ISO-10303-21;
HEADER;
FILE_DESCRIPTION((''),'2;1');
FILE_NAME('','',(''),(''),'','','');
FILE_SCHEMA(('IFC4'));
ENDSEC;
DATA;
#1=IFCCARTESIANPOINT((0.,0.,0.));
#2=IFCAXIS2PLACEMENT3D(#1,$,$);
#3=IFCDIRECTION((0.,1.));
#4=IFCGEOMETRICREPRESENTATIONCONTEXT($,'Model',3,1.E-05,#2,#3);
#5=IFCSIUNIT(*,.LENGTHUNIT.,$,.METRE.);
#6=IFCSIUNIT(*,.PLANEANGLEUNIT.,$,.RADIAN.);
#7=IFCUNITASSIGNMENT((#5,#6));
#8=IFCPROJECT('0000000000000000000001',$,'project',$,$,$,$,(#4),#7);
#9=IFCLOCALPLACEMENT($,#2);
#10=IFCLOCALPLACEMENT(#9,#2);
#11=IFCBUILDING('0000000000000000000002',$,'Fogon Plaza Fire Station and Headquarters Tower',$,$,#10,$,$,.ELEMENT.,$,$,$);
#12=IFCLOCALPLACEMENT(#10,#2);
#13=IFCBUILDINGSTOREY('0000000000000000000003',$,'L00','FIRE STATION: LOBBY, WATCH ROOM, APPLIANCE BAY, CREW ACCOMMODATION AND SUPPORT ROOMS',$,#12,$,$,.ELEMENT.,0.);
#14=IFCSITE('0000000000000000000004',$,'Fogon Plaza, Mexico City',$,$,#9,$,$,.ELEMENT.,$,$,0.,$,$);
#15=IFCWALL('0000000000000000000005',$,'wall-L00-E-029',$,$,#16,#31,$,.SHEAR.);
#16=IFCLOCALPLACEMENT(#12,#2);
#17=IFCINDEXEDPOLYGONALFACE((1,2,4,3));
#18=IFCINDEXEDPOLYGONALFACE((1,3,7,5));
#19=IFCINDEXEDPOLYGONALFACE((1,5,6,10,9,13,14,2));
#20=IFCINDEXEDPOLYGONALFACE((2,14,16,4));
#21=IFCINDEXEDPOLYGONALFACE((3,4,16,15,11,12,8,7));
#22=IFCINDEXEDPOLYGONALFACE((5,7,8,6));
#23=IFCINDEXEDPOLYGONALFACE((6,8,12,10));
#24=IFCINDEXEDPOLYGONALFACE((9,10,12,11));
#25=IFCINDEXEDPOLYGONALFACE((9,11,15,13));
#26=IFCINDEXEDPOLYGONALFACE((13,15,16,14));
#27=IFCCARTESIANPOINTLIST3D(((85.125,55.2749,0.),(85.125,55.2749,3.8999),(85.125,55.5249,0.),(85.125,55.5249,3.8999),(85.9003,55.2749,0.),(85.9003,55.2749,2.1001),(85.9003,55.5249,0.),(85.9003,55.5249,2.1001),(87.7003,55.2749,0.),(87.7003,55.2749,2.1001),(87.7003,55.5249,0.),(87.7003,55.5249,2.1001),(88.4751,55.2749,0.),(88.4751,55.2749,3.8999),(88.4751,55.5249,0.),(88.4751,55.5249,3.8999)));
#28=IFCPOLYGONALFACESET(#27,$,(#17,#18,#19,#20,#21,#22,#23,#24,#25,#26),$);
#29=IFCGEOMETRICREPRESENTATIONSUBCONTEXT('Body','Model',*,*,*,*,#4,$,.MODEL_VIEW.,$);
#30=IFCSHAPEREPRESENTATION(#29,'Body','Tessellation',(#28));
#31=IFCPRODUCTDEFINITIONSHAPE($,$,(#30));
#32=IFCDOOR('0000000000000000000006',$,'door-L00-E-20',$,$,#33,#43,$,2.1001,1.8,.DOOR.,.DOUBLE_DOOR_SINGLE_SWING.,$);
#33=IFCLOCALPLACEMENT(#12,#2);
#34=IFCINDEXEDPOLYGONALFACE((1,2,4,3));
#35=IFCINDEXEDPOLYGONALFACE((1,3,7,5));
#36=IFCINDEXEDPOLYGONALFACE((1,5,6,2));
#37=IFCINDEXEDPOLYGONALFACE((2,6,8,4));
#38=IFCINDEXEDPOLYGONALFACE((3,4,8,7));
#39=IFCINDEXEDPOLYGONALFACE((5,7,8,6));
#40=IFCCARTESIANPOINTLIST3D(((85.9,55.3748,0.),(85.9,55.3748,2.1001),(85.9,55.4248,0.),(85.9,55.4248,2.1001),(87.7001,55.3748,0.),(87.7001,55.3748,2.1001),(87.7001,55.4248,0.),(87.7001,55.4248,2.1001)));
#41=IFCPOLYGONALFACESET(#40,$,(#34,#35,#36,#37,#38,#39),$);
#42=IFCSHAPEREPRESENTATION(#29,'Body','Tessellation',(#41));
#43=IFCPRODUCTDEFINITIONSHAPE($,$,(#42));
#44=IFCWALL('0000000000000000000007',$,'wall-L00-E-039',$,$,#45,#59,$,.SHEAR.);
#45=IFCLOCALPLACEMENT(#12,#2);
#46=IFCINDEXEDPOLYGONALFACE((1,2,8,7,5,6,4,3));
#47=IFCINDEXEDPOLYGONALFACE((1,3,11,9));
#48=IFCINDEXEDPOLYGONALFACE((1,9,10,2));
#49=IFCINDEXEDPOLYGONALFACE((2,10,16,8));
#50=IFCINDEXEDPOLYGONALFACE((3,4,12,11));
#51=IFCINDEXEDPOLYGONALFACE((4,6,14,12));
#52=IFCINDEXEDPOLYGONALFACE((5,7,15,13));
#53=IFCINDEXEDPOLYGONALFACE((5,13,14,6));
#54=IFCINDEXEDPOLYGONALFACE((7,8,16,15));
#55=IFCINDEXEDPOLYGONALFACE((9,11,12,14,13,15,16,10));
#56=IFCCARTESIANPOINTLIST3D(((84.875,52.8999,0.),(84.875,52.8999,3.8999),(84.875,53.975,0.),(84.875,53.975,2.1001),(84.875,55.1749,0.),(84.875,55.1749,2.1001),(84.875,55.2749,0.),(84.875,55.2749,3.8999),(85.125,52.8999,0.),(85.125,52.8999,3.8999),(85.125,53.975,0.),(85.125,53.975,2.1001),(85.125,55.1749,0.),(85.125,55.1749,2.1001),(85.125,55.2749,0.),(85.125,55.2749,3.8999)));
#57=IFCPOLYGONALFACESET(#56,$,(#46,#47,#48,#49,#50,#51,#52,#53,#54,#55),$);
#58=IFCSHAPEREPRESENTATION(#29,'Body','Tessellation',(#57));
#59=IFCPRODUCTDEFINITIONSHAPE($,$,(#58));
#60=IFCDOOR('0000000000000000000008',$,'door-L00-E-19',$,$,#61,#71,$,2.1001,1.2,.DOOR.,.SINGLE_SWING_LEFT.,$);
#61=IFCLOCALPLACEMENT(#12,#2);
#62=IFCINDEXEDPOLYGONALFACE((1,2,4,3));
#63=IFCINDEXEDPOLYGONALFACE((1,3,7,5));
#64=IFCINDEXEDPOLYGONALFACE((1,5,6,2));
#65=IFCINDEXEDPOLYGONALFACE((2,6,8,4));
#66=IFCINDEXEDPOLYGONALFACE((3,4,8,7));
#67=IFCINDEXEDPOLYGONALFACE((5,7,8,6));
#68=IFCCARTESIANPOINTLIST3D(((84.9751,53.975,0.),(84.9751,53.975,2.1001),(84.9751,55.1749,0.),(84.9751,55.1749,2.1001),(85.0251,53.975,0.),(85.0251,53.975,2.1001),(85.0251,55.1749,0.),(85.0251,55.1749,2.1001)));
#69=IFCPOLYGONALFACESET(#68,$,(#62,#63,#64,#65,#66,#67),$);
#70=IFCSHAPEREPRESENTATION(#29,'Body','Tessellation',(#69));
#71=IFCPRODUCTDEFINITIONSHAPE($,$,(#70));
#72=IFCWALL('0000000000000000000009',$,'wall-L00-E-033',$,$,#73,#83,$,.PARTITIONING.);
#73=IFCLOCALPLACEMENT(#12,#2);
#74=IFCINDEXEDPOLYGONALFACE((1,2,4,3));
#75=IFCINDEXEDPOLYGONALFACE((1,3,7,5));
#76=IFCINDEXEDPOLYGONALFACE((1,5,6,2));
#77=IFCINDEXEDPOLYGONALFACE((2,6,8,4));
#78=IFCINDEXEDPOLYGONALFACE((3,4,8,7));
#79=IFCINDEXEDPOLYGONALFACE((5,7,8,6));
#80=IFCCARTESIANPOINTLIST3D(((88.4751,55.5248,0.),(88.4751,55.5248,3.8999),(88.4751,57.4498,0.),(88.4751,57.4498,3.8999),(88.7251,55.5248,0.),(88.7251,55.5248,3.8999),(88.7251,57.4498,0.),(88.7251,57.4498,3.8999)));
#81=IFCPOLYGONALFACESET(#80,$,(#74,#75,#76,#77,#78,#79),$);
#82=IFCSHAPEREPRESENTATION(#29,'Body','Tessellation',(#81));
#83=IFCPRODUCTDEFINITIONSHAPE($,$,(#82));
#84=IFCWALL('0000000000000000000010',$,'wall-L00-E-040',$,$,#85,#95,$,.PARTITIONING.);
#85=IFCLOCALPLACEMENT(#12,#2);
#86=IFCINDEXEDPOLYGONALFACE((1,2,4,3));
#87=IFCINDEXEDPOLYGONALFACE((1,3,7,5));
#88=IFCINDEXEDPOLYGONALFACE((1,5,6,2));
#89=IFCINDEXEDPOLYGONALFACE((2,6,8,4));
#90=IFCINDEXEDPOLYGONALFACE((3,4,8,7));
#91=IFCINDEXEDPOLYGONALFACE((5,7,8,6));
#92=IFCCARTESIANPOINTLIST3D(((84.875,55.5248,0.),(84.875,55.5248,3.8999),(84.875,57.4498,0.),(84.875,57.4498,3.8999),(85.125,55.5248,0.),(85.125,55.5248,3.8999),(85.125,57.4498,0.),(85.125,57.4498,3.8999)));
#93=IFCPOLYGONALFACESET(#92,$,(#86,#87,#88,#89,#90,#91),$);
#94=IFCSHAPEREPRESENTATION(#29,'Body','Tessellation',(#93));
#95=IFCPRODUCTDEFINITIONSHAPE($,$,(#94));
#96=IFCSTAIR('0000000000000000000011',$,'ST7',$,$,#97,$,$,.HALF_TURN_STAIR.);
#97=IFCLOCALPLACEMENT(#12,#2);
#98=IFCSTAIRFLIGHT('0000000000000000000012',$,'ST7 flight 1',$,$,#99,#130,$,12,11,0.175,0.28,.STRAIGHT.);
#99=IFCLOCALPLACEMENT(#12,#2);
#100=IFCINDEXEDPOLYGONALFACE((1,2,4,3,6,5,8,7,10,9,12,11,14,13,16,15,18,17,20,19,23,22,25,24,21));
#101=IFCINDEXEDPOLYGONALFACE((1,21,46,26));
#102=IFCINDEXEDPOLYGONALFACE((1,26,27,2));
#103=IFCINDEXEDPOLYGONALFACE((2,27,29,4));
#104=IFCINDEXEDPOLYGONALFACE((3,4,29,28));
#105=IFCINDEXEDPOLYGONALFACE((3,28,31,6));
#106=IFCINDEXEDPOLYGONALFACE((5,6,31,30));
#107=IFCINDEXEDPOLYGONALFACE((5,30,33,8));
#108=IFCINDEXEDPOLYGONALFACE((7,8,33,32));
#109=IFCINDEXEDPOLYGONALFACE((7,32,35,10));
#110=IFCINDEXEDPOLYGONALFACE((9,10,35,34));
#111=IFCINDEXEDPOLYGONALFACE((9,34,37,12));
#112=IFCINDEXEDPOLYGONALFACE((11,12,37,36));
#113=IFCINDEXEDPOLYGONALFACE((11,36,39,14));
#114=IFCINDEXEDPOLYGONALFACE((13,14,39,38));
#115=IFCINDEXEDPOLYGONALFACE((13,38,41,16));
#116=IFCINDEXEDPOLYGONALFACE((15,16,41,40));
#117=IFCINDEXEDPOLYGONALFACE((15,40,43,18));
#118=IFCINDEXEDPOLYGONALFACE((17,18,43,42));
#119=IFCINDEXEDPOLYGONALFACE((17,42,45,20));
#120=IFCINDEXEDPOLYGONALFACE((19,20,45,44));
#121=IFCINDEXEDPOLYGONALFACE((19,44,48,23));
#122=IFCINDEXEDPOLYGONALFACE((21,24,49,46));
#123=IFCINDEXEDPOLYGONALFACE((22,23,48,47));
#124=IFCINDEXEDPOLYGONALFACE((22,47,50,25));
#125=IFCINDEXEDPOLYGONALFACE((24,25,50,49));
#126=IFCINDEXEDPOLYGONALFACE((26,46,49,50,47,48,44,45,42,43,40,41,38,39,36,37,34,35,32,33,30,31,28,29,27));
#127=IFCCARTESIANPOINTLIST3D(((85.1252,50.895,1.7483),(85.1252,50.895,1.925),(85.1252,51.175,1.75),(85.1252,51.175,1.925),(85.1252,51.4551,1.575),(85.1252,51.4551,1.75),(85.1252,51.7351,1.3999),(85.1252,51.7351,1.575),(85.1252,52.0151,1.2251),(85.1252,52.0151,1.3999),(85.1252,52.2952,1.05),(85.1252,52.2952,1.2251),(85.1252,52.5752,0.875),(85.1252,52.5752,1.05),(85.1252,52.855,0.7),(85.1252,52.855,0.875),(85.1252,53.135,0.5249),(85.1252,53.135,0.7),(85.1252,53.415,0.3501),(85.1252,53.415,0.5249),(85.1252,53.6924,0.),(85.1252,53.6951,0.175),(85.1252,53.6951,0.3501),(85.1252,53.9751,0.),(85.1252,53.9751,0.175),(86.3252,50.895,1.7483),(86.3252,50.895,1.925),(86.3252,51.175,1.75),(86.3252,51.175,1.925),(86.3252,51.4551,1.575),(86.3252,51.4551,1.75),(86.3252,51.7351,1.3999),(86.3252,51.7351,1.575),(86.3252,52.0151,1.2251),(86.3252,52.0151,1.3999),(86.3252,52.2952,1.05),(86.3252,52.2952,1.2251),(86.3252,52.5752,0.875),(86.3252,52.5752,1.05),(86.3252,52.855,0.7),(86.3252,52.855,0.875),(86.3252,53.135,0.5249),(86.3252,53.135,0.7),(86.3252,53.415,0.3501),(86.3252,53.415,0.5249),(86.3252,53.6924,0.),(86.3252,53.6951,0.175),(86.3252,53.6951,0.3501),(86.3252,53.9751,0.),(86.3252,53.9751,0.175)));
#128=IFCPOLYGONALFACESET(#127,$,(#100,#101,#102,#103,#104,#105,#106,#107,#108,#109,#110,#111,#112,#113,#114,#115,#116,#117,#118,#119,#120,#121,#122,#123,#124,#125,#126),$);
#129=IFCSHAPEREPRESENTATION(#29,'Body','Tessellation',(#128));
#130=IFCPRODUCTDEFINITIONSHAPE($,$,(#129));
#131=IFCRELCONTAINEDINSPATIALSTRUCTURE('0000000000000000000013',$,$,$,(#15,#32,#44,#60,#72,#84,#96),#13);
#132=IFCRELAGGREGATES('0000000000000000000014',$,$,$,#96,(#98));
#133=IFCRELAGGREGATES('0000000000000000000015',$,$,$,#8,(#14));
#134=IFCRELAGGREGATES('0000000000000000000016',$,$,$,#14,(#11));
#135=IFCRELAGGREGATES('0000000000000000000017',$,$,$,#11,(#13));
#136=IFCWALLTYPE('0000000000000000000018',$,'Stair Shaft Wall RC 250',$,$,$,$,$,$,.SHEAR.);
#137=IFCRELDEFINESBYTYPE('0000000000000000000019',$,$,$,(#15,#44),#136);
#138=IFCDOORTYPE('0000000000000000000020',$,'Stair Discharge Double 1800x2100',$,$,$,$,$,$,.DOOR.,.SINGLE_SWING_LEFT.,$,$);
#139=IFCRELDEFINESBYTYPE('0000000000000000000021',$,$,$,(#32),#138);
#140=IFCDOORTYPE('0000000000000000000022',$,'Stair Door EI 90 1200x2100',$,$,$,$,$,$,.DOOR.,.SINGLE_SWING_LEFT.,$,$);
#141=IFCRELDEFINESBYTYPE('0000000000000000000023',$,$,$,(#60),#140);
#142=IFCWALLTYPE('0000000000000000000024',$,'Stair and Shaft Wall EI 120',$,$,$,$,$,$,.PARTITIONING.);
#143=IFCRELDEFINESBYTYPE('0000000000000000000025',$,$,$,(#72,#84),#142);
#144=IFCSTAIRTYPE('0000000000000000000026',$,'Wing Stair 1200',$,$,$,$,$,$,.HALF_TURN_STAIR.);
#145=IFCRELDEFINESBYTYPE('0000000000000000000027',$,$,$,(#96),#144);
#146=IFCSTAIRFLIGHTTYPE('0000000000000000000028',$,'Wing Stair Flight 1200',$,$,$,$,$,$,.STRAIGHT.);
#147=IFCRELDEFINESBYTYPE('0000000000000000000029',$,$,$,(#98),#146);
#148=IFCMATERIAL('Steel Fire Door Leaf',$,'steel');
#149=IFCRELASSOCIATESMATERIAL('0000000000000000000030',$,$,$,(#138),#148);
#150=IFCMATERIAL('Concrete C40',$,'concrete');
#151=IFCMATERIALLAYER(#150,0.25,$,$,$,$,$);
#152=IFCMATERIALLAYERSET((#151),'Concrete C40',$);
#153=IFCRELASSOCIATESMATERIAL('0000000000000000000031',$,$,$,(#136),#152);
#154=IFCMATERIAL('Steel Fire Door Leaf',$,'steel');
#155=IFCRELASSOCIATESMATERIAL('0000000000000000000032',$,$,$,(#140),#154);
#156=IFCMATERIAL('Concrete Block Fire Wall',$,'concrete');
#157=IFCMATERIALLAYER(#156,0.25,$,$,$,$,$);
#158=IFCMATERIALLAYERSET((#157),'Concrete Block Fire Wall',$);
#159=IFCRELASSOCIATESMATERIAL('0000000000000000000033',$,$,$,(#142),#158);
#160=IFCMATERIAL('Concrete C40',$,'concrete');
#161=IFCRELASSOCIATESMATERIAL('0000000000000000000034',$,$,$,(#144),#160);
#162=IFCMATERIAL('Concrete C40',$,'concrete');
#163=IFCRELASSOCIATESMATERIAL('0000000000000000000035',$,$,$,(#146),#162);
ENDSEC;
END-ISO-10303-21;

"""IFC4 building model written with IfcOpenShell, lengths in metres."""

from ifc_helpers import new_model, si_unit, direction, frame, frame_2d, origin, place, context, subcontext, project, spatial, polyline, rectangle, outline, extrude, material, layer, layer_set, type_object, element, fill, aggregate, save


model = new_model("IFC4")

# Units and contexts
model_context = context("Model", 3, precision=1e-05, world=origin(), true_north=direction((0.0, 1.0)))
body_context = subcontext(model_context, "Body", "Model", "MODEL_VIEW")
ifc_project = project(units=[si_unit("LENGTHUNIT", "METRE"), si_unit("PLANEANGLEUNIT", "RADIAN")], contexts=[model_context])

# Site, building, storey
site_placement = place(None, origin())
site = spatial("IfcSite", under=ifc_project, at=site_placement, Name="Fogon Plaza, Mexico City", CompositionType="ELEMENT", RefElevation=0.0)
building_placement = place(site_placement, origin())
building = spatial("IfcBuilding", under=site, at=building_placement, Name="Fogon Plaza Fire Station and Headquarters Tower", CompositionType="ELEMENT")
storey_placement = place(building_placement, origin())
storey = spatial("IfcBuildingStorey", under=building, at=storey_placement, Name="L00", Description="FIRE STATION: LOBBY, WATCH ROOM, APPLIANCE BAY, CREW ACCOMMODATION AND SUPPORT ROOMS", CompositionType="ELEMENT", Elevation=0.0)

# Shared definitions
ifc_material_1 = material(Name="Steel Fire Door Leaf", Category="steel")
door_type_1 = type_object("IfcDoorType", Name="Stair Discharge Double 1800x2100", OperationType="SINGLE_SWING_LEFT", PredefinedType="DOOR", material=ifc_material_1)

# Walls, openings, doors
ifc_material_2 = material(Name="Concrete C40", Category="concrete")
ifc_layer_1 = layer(ifc_material_2, 0.25)
ifc_layer_set_1 = layer_set([ifc_layer_1], Name="Concrete C40")
wall_type_1 = type_object("IfcWallType", Name="Stair Shaft Wall RC 250", PredefinedType="SHEAR", material=ifc_layer_set_1)
wall_1_placement = place(storey_placement, frame((88.4751, 55.3999, 0.0), z_axis=(0.0, 0.0, 1.0), x_axis=(-1.0, 0.0, 0.0)))
wall_1 = element("IfcWall", 1, at=wall_1_placement, inside=storey, type_object=wall_type_1, Name="wall-L00-E-029", PredefinedType="SHEAR", context=body_context, shape_type="SweptSolid", body=[
    extrude(rectangle(XDim=3.3501, YDim=0.25, at=frame_2d((1.675, 0.0))), origin(), (0.0, 0.0, 1.0), 3.8999),
])
opening_1_placement = place(wall_1_placement, frame((0.7749, 0.0, 0.0)))
opening_1 = element("IfcOpeningElement", 2, at=opening_1_placement, cuts=wall_1, PredefinedType="OPENING", context=body_context, shape_type="SweptSolid", body=[
    extrude(rectangle(XDim=1.8, YDim=2.1001, at=frame_2d((0.8999, 1.05))), frame((0.0, 0.135, 0.0), z_axis=(0.0, -1.0, 0.0), x_axis=(1.0, 0.0, 0.0)), (0.0, 0.0, 1.0), 0.27),
])
door_1_placement = place(opening_1_placement, frame((1.8, 0.0, 0.0), z_axis=(0.0, 0.0, 1.0), x_axis=(-1.0, 0.0, 0.0)))
door_1 = element("IfcDoor", 3, at=door_1_placement, inside=storey, type_object=door_type_1, Name="door-L00-E-20", OperationType="DOUBLE_DOOR_SINGLE_SWING", OverallHeight=2.1001, OverallWidth=1.8, PredefinedType="DOOR", context=body_context, shape_type="SweptSolid", body=[
    extrude(rectangle(XDim=1.8, YDim=2.1001, at=frame_2d((0.8999, 1.05))), frame((0.0, 0.0249, 0.0), z_axis=(0.0, -1.0, 0.0), x_axis=(1.0, 0.0, 0.0)), (0.0, 0.0, 1.0), 0.05),
])
fill(opening_1, door_1)
wall_2_placement = place(storey_placement, frame((85.0, 52.8999, 0.0), z_axis=(0.0, 0.0, 1.0), x_axis=(0.0, 1.0, 0.0)))
wall_2 = element("IfcWall", 4, at=wall_2_placement, inside=storey, type_object=wall_type_1, Name="wall-L00-E-039", PredefinedType="SHEAR", context=body_context, shape_type="SweptSolid", body=[
    extrude(rectangle(XDim=2.375, YDim=0.25, at=frame_2d((1.1875, 0.0))), origin(), (0.0, 0.0, 1.0), 3.8999),
])
opening_2_placement = place(wall_2_placement, frame((1.075, 0.0, 0.0)))
opening_2 = element("IfcOpeningElement", 5, at=opening_2_placement, cuts=wall_2, PredefinedType="OPENING", context=body_context, shape_type="SweptSolid", body=[
    extrude(rectangle(XDim=1.2, YDim=2.1001, at=frame_2d((0.6001, 1.05))), frame((0.0, 0.135, 0.0), z_axis=(0.0, -1.0, 0.0), x_axis=(1.0, 0.0, 0.0)), (0.0, 0.0, 1.0), 0.27),
])
ifc_material_3 = material(Name="Steel Fire Door Leaf", Category="steel")
door_type_2 = type_object("IfcDoorType", Name="Stair Door EI 90 1200x2100", OperationType="SINGLE_SWING_LEFT", PredefinedType="DOOR", material=ifc_material_3)
door_2_placement = place(opening_2_placement, origin())
door_2 = element("IfcDoor", 6, at=door_2_placement, inside=storey, type_object=door_type_2, Name="door-L00-E-19", OperationType="SINGLE_SWING_LEFT", OverallHeight=2.1001, OverallWidth=1.2, PredefinedType="DOOR", context=body_context, shape_type="SweptSolid", body=[
    extrude(rectangle(XDim=1.2, YDim=2.1001, at=frame_2d((0.6001, 1.05))), frame((0.0, 0.0249, 0.0), z_axis=(0.0, -1.0, 0.0), x_axis=(1.0, 0.0, 0.0)), (0.0, 0.0, 1.0), 0.05),
])
fill(opening_2, door_2)

# Walls
ifc_material_4 = material(Name="Concrete Block Fire Wall", Category="concrete")
ifc_layer_2 = layer(ifc_material_4, 0.25)
ifc_layer_set_2 = layer_set([ifc_layer_2], Name="Concrete Block Fire Wall")
wall_type_2 = type_object("IfcWallType", Name="Stair and Shaft Wall EI 120", PredefinedType="PARTITIONING", material=ifc_layer_set_2)
for number, where, z_axis, x_axis, name in (
    (7, (88.6001, 55.5249, 0.0), (0.0, 0.0, 1.0), (0.0, 1.0, 0.0), "wall-L00-E-033"),
    (8, (85.0, 55.5249, 0.0), (0.0, 0.0, 1.0), (0.0, 1.0, 0.0), "wall-L00-E-040"),
):
    element("IfcWall", number, at=place(storey_placement, frame(where, z_axis=z_axis, x_axis=x_axis)), inside=storey, type_object=wall_type_2, Name=name, PredefinedType="PARTITIONING", context=body_context, shape_type="SweptSolid", body=[
        extrude(rectangle(XDim=1.925, YDim=0.25, at=frame_2d((0.9624, 0.0))), origin(), (0.0, 0.0, 1.0), 3.8999),
    ])

# Stair, stair flight
ifc_material_5 = material(Name="Concrete C40", Category="concrete")
stair_type = type_object("IfcStairType", Name="Wing Stair 1200", PredefinedType="HALF_TURN_STAIR", material=ifc_material_5)
stair_placement = place(storey_placement, origin())
stair = element("IfcStair", 9, at=stair_placement, inside=storey, type_object=stair_type, Name="ST7", PredefinedType="HALF_TURN_STAIR")
ifc_material_6 = material(Name="Concrete C40", Category="concrete")
stair_flight_type = type_object("IfcStairFlightType", Name="Wing Stair Flight 1200", PredefinedType="STRAIGHT", material=ifc_material_6)
stair_flight_placement = place(storey_placement, frame((85.7251, 53.9751, 0.0), z_axis=(0.0, 0.0, 1.0), x_axis=(0.0, -1.0, 0.0)))
stair_flight = element("IfcStairFlight", 10, at=stair_flight_placement, type_object=stair_flight_type, Name="ST7 flight 1", NumberOfRisers=12, NumberOfTreads=11, PredefinedType="STRAIGHT", RiserHeight=0.175, TreadLength=0.28, context=body_context, shape_type="SweptSolid", body=[
    extrude(outline(polyline([(0.0, 0.0), (0.0, 0.175), (0.28, 0.175), (0.28, 0.3501), (0.5601, 0.3501), (0.5601, 0.5249), (0.8401, 0.5249), (0.8401, 0.7), (1.1201, 0.7), (1.1201, 0.875), (1.3999, 0.875), (1.3999, 1.05), (1.6799, 1.05), (1.6799, 1.2251), (1.96, 1.2251), (1.96, 1.3999), (2.24, 1.3999), (2.24, 1.575), (2.52, 1.575), (2.52, 1.75), (2.8, 1.75), (2.8, 1.925), (3.0801, 1.925), (3.0801, 2.1001), (3.0801, 1.7483), (0.2827, 0.0), (0.0, 0.0)])), frame((0.0, 0.6001, 0.0), z_axis=(0.0, -1.0, 0.0), x_axis=(1.0, 0.0, 0.0)), (0.0, 0.0, 1.0), 1.2),
])
aggregate(stair, [stair_flight])

save(model, "model.ifc")
